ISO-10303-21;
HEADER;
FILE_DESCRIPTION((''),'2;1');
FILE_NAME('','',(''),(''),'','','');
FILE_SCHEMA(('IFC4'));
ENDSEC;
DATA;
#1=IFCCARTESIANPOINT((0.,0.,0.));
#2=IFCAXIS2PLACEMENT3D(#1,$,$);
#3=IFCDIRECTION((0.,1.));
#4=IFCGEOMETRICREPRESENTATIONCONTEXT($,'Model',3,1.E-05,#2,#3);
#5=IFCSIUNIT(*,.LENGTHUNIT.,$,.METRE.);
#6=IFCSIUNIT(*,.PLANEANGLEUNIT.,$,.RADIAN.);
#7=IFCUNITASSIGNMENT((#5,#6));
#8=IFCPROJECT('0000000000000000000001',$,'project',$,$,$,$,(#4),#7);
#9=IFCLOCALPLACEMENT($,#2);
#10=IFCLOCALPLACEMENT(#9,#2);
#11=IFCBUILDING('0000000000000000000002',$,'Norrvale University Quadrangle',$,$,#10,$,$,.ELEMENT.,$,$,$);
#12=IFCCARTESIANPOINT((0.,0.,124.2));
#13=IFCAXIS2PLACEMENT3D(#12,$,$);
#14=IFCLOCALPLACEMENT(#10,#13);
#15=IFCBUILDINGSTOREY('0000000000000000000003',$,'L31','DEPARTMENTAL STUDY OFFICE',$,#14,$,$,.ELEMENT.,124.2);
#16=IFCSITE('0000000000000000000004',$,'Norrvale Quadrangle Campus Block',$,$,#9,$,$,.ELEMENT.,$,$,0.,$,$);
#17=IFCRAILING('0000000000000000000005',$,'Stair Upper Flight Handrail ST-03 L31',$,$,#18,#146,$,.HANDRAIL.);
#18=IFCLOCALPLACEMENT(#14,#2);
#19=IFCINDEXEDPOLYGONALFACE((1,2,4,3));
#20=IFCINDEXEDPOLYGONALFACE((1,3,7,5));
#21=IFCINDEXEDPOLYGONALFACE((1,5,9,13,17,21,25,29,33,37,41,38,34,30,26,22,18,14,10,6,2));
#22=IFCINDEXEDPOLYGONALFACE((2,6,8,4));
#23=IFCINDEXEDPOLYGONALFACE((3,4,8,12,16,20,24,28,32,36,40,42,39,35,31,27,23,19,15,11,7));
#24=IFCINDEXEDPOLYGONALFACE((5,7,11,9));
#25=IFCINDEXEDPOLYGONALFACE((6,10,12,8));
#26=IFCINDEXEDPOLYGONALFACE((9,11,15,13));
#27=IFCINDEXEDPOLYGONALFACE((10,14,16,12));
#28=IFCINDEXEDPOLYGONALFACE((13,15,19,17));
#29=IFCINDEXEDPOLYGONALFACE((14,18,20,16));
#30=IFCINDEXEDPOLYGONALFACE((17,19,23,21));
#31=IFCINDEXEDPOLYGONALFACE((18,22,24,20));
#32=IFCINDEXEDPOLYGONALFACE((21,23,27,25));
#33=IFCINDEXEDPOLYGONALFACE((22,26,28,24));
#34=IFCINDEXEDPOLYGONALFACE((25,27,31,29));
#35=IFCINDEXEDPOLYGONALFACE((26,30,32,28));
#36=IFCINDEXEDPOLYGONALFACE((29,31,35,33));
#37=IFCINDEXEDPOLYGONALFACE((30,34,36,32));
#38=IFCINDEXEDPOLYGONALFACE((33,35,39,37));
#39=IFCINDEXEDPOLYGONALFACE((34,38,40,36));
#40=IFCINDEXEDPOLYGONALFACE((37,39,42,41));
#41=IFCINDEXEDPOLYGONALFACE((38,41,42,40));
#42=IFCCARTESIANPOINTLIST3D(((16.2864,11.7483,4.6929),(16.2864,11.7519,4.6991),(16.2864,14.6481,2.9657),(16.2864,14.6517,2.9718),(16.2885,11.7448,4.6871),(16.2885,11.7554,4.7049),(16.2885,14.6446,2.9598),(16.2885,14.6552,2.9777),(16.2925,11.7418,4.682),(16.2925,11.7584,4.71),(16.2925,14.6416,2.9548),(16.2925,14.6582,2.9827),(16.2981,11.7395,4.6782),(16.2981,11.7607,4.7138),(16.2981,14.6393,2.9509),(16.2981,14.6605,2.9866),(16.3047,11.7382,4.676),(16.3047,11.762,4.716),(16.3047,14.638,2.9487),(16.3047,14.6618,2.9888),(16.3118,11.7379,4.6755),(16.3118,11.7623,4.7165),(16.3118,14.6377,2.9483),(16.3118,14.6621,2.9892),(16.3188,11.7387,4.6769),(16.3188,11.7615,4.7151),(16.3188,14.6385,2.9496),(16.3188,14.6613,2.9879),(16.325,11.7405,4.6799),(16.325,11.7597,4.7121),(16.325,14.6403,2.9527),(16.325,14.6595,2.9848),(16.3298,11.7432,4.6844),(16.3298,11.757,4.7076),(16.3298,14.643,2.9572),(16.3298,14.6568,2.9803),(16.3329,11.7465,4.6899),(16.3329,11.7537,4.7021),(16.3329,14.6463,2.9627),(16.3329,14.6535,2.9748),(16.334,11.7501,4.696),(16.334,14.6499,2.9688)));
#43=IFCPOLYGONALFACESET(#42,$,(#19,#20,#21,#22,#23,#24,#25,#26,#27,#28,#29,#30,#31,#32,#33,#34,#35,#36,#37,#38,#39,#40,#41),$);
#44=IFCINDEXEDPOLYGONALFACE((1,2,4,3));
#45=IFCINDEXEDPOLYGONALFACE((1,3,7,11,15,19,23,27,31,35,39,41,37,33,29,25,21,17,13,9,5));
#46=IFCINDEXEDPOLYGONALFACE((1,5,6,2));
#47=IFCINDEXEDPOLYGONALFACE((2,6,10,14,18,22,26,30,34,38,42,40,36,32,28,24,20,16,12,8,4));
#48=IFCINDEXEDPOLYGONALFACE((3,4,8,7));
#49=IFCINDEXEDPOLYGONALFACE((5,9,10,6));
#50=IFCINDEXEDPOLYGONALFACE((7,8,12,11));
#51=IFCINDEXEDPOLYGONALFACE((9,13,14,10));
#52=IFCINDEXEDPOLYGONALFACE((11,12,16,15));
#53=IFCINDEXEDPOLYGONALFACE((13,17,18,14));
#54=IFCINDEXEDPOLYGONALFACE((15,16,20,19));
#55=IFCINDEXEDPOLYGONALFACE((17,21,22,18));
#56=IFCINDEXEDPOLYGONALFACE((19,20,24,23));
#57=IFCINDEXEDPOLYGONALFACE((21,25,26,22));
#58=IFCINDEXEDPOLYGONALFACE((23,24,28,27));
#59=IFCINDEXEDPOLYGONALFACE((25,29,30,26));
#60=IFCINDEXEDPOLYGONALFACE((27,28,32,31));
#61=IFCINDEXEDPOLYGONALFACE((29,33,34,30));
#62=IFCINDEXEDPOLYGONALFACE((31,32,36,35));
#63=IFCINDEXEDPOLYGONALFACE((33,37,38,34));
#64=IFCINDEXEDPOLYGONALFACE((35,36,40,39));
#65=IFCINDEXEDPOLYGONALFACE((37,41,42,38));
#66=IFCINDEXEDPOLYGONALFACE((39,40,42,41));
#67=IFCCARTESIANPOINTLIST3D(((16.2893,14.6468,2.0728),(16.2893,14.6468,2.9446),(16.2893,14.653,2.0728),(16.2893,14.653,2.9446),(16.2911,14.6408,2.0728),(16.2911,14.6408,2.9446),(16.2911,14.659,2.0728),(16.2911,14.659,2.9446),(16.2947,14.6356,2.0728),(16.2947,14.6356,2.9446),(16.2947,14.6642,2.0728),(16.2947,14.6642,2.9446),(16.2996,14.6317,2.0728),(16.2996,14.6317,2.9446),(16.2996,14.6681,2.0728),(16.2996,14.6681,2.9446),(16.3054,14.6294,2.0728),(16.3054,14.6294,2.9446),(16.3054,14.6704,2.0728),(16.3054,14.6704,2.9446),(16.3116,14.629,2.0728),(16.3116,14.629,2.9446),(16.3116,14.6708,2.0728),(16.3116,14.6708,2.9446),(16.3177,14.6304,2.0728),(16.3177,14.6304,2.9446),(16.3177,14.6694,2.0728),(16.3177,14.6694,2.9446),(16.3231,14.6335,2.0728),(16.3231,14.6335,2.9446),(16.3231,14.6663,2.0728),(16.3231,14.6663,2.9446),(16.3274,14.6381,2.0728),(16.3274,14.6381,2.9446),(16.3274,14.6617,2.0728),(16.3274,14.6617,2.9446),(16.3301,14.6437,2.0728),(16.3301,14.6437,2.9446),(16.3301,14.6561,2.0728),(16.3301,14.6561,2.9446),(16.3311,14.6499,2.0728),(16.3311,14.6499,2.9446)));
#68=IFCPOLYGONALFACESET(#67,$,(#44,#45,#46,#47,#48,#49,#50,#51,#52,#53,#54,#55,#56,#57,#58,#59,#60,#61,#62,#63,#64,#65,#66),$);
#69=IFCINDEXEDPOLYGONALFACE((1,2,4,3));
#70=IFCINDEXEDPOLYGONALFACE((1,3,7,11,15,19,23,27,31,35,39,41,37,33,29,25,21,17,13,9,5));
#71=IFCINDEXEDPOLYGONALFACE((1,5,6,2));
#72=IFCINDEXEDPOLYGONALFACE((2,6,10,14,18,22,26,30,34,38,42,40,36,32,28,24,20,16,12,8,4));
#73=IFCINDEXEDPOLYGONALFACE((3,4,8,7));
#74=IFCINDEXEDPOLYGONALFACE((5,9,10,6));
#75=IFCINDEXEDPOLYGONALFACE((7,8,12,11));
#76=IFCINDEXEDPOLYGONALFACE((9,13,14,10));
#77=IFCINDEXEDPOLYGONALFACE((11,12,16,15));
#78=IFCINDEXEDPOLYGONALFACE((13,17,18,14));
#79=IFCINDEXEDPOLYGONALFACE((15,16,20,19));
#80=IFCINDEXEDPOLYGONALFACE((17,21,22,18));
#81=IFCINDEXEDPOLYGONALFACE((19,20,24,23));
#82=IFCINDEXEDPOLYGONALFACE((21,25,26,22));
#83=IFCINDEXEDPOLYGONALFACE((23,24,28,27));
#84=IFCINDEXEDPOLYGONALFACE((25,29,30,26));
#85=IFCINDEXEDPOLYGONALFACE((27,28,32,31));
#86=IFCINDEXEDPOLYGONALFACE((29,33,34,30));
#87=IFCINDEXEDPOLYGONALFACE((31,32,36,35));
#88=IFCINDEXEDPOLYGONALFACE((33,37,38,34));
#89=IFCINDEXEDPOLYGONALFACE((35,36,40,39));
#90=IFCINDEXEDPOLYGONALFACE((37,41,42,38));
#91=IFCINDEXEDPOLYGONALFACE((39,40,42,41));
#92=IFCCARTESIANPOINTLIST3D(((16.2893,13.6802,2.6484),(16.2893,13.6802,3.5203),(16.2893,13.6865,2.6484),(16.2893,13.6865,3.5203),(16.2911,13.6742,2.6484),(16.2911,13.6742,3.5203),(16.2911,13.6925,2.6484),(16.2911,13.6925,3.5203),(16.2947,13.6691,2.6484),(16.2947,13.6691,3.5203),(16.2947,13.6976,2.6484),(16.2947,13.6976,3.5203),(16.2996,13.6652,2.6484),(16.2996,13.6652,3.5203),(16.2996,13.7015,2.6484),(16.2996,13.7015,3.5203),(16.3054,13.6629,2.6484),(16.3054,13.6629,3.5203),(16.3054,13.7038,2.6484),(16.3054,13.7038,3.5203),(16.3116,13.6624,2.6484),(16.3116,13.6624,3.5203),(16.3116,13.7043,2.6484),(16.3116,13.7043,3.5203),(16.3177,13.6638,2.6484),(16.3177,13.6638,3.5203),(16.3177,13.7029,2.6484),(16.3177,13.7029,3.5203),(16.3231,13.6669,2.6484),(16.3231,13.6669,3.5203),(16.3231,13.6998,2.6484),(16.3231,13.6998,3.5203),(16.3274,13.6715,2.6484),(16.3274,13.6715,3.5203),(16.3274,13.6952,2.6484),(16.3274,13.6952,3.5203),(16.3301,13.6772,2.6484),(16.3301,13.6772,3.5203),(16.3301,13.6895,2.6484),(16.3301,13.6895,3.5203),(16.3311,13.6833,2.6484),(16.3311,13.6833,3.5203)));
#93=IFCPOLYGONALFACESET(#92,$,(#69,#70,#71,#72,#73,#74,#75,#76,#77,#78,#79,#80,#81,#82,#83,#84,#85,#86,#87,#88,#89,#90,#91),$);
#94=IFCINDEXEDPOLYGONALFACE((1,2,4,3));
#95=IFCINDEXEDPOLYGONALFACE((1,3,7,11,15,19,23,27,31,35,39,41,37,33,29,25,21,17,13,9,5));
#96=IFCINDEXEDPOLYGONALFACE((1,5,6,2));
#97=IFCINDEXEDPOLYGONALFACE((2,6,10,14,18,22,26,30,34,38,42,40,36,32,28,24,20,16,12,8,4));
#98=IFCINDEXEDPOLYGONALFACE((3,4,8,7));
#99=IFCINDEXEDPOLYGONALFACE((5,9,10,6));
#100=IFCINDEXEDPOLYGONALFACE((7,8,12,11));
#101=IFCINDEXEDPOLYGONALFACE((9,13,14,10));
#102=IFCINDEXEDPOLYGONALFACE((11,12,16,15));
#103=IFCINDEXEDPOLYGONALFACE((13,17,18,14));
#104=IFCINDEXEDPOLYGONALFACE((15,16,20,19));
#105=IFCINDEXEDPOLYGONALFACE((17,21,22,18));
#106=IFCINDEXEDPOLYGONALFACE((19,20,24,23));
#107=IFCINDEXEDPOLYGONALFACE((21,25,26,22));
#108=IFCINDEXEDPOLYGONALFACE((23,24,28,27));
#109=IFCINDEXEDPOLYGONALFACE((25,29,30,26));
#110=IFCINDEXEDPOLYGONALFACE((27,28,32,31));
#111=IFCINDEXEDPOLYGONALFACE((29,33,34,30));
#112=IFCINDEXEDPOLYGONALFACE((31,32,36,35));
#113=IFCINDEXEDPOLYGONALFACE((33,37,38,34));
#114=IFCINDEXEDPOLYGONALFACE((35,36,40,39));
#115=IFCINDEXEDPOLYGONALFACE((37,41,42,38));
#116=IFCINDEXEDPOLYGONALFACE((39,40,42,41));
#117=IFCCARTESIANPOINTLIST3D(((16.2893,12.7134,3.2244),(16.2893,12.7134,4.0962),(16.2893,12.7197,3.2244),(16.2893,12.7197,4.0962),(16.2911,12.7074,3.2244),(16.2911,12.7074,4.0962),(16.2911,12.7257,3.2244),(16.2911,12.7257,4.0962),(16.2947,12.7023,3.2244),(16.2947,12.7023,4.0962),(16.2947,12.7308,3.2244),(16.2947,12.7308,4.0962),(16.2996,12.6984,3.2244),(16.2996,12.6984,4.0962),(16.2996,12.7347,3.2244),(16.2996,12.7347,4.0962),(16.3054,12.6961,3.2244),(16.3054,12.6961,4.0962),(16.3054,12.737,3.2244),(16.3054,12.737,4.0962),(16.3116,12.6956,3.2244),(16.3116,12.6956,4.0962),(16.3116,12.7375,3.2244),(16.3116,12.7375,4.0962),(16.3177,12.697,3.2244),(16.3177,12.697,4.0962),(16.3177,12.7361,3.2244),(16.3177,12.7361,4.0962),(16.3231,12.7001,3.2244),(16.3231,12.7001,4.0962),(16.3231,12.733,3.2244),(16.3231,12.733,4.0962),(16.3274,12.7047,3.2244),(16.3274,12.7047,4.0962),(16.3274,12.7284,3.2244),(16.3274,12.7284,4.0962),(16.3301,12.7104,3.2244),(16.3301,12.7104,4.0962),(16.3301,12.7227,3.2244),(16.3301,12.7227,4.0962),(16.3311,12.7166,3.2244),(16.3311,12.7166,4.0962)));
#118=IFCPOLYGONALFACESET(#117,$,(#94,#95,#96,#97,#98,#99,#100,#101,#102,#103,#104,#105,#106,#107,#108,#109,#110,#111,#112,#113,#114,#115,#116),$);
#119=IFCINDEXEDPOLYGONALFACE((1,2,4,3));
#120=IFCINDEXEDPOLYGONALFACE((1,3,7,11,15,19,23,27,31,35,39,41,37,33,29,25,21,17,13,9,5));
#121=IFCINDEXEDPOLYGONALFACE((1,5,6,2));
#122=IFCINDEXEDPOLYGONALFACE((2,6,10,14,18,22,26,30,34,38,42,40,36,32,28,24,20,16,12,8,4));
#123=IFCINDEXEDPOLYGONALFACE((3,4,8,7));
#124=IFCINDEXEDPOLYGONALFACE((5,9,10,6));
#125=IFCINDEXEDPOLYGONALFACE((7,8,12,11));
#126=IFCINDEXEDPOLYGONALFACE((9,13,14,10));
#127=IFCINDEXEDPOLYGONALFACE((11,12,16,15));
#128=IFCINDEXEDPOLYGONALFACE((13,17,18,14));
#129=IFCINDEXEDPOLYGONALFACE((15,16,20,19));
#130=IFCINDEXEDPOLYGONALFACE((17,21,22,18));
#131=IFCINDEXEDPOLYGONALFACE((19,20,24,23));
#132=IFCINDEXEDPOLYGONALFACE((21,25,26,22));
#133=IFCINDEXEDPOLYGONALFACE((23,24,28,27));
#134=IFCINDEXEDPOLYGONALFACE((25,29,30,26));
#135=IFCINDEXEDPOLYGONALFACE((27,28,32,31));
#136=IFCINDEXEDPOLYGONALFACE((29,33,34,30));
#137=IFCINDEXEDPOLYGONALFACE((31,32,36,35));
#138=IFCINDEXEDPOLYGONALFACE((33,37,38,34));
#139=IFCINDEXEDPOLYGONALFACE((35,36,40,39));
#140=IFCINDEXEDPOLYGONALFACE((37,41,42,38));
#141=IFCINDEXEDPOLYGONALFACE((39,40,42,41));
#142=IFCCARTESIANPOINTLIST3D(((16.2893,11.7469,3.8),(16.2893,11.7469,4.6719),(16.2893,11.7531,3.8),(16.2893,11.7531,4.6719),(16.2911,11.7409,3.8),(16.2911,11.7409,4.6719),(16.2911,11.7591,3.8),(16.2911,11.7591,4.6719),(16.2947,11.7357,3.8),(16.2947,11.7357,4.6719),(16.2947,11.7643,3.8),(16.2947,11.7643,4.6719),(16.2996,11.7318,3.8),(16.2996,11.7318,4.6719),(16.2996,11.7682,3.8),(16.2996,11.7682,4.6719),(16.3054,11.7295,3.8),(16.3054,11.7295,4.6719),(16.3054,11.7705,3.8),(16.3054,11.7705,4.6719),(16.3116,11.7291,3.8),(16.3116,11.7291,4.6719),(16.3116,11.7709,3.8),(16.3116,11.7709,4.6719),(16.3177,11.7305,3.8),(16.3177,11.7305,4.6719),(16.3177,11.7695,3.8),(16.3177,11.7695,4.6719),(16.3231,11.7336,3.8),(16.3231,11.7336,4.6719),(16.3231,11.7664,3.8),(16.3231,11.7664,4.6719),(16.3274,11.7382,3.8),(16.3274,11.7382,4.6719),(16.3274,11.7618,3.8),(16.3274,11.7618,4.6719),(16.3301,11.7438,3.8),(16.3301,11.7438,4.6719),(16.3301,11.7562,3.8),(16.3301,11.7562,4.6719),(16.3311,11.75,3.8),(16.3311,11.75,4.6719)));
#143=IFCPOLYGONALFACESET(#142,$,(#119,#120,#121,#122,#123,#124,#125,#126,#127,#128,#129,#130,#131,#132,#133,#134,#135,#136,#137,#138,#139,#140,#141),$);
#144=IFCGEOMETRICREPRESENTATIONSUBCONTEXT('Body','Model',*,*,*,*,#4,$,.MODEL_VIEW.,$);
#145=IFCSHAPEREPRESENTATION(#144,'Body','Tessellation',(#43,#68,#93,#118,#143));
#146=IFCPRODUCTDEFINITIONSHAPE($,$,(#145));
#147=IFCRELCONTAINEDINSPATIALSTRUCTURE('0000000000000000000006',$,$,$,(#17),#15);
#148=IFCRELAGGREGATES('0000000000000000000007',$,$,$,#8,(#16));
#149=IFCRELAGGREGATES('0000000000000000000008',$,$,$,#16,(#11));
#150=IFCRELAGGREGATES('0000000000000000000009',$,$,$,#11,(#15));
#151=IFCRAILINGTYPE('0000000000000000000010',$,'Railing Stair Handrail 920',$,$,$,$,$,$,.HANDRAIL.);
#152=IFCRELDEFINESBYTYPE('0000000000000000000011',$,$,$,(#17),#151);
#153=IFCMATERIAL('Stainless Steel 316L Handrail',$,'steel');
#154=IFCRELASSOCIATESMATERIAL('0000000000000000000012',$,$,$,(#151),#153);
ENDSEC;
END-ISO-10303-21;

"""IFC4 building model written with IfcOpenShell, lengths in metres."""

from ifc_helpers import new_model, si_unit, direction, frame, origin, origin_2d, place, context, subcontext, project, spatial, circle, extrude, material, type_object, element, save


model = new_model("IFC4")

# Units and contexts
model_context = context("Model", 3, precision=1e-05, world=origin(), true_north=direction((0.0, 1.0)))
body_context = subcontext(model_context, "Body", "Model", "MODEL_VIEW")
ifc_project = project(units=[si_unit("LENGTHUNIT", "METRE"), si_unit("PLANEANGLEUNIT", "RADIAN")], contexts=[model_context])

# Site, building, storey
site_placement = place(None, origin())
site = spatial("IfcSite", under=ifc_project, at=site_placement, Name="Norrvale Quadrangle Campus Block", CompositionType="ELEMENT", RefElevation=0.0)
building_placement = place(site_placement, origin())
building = spatial("IfcBuilding", under=site, at=building_placement, Name="Norrvale University Quadrangle", CompositionType="ELEMENT")
storey_placement = place(building_placement, frame((0.0, 0.0, 124.2)))
storey = spatial("IfcBuildingStorey", under=building, at=storey_placement, Name="L31", Description="DEPARTMENTAL STUDY OFFICE", CompositionType="ELEMENT", Elevation=124.2)

# Railing
ifc_material_1 = material(Name="Stainless Steel 316L Handrail", Category="steel")
railing_type_1 = type_object("IfcRailingType", Name="Railing Stair Handrail 920", PredefinedType="HANDRAIL", material=ifc_material_1)
railing_1_placement = place(storey_placement, frame((16.3101, 14.6499, 2.0728)))
element("IfcRailing", 1, at=railing_1_placement, inside=storey, type_object=railing_type_1, Name="Stair Upper Flight Handrail ST-03 L31", PredefinedType="HANDRAIL", context=body_context, shape_type="SweptSolid", body=[
    extrude(circle(Radius=0.0239, at=origin_2d()), frame((0.0, 0.0, 0.896), z_axis=(0.0, -0.859141, 0.511738), x_axis=(1.0, 0.0, 0.0)), (0.0, 0.0, 1.0), 3.3752),
    extrude(circle(Radius=0.021, at=origin_2d()), origin(), (0.0, 0.0, 1.0), 0.8718),
    extrude(circle(Radius=0.021, at=origin_2d()), frame((0.0, -0.9666, 0.5757)), (0.0, 0.0, 1.0), 0.8718),
    extrude(circle(Radius=0.021, at=origin_2d()), frame((0.0, -1.9333, 1.1516)), (0.0, 0.0, 1.0), 0.8718),
    extrude(circle(Radius=0.021, at=origin_2d()), frame((0.0, -2.8999, 1.7273)), (0.0, 0.0, 1.0), 0.8718),
])

save(model, "model.ifc")
